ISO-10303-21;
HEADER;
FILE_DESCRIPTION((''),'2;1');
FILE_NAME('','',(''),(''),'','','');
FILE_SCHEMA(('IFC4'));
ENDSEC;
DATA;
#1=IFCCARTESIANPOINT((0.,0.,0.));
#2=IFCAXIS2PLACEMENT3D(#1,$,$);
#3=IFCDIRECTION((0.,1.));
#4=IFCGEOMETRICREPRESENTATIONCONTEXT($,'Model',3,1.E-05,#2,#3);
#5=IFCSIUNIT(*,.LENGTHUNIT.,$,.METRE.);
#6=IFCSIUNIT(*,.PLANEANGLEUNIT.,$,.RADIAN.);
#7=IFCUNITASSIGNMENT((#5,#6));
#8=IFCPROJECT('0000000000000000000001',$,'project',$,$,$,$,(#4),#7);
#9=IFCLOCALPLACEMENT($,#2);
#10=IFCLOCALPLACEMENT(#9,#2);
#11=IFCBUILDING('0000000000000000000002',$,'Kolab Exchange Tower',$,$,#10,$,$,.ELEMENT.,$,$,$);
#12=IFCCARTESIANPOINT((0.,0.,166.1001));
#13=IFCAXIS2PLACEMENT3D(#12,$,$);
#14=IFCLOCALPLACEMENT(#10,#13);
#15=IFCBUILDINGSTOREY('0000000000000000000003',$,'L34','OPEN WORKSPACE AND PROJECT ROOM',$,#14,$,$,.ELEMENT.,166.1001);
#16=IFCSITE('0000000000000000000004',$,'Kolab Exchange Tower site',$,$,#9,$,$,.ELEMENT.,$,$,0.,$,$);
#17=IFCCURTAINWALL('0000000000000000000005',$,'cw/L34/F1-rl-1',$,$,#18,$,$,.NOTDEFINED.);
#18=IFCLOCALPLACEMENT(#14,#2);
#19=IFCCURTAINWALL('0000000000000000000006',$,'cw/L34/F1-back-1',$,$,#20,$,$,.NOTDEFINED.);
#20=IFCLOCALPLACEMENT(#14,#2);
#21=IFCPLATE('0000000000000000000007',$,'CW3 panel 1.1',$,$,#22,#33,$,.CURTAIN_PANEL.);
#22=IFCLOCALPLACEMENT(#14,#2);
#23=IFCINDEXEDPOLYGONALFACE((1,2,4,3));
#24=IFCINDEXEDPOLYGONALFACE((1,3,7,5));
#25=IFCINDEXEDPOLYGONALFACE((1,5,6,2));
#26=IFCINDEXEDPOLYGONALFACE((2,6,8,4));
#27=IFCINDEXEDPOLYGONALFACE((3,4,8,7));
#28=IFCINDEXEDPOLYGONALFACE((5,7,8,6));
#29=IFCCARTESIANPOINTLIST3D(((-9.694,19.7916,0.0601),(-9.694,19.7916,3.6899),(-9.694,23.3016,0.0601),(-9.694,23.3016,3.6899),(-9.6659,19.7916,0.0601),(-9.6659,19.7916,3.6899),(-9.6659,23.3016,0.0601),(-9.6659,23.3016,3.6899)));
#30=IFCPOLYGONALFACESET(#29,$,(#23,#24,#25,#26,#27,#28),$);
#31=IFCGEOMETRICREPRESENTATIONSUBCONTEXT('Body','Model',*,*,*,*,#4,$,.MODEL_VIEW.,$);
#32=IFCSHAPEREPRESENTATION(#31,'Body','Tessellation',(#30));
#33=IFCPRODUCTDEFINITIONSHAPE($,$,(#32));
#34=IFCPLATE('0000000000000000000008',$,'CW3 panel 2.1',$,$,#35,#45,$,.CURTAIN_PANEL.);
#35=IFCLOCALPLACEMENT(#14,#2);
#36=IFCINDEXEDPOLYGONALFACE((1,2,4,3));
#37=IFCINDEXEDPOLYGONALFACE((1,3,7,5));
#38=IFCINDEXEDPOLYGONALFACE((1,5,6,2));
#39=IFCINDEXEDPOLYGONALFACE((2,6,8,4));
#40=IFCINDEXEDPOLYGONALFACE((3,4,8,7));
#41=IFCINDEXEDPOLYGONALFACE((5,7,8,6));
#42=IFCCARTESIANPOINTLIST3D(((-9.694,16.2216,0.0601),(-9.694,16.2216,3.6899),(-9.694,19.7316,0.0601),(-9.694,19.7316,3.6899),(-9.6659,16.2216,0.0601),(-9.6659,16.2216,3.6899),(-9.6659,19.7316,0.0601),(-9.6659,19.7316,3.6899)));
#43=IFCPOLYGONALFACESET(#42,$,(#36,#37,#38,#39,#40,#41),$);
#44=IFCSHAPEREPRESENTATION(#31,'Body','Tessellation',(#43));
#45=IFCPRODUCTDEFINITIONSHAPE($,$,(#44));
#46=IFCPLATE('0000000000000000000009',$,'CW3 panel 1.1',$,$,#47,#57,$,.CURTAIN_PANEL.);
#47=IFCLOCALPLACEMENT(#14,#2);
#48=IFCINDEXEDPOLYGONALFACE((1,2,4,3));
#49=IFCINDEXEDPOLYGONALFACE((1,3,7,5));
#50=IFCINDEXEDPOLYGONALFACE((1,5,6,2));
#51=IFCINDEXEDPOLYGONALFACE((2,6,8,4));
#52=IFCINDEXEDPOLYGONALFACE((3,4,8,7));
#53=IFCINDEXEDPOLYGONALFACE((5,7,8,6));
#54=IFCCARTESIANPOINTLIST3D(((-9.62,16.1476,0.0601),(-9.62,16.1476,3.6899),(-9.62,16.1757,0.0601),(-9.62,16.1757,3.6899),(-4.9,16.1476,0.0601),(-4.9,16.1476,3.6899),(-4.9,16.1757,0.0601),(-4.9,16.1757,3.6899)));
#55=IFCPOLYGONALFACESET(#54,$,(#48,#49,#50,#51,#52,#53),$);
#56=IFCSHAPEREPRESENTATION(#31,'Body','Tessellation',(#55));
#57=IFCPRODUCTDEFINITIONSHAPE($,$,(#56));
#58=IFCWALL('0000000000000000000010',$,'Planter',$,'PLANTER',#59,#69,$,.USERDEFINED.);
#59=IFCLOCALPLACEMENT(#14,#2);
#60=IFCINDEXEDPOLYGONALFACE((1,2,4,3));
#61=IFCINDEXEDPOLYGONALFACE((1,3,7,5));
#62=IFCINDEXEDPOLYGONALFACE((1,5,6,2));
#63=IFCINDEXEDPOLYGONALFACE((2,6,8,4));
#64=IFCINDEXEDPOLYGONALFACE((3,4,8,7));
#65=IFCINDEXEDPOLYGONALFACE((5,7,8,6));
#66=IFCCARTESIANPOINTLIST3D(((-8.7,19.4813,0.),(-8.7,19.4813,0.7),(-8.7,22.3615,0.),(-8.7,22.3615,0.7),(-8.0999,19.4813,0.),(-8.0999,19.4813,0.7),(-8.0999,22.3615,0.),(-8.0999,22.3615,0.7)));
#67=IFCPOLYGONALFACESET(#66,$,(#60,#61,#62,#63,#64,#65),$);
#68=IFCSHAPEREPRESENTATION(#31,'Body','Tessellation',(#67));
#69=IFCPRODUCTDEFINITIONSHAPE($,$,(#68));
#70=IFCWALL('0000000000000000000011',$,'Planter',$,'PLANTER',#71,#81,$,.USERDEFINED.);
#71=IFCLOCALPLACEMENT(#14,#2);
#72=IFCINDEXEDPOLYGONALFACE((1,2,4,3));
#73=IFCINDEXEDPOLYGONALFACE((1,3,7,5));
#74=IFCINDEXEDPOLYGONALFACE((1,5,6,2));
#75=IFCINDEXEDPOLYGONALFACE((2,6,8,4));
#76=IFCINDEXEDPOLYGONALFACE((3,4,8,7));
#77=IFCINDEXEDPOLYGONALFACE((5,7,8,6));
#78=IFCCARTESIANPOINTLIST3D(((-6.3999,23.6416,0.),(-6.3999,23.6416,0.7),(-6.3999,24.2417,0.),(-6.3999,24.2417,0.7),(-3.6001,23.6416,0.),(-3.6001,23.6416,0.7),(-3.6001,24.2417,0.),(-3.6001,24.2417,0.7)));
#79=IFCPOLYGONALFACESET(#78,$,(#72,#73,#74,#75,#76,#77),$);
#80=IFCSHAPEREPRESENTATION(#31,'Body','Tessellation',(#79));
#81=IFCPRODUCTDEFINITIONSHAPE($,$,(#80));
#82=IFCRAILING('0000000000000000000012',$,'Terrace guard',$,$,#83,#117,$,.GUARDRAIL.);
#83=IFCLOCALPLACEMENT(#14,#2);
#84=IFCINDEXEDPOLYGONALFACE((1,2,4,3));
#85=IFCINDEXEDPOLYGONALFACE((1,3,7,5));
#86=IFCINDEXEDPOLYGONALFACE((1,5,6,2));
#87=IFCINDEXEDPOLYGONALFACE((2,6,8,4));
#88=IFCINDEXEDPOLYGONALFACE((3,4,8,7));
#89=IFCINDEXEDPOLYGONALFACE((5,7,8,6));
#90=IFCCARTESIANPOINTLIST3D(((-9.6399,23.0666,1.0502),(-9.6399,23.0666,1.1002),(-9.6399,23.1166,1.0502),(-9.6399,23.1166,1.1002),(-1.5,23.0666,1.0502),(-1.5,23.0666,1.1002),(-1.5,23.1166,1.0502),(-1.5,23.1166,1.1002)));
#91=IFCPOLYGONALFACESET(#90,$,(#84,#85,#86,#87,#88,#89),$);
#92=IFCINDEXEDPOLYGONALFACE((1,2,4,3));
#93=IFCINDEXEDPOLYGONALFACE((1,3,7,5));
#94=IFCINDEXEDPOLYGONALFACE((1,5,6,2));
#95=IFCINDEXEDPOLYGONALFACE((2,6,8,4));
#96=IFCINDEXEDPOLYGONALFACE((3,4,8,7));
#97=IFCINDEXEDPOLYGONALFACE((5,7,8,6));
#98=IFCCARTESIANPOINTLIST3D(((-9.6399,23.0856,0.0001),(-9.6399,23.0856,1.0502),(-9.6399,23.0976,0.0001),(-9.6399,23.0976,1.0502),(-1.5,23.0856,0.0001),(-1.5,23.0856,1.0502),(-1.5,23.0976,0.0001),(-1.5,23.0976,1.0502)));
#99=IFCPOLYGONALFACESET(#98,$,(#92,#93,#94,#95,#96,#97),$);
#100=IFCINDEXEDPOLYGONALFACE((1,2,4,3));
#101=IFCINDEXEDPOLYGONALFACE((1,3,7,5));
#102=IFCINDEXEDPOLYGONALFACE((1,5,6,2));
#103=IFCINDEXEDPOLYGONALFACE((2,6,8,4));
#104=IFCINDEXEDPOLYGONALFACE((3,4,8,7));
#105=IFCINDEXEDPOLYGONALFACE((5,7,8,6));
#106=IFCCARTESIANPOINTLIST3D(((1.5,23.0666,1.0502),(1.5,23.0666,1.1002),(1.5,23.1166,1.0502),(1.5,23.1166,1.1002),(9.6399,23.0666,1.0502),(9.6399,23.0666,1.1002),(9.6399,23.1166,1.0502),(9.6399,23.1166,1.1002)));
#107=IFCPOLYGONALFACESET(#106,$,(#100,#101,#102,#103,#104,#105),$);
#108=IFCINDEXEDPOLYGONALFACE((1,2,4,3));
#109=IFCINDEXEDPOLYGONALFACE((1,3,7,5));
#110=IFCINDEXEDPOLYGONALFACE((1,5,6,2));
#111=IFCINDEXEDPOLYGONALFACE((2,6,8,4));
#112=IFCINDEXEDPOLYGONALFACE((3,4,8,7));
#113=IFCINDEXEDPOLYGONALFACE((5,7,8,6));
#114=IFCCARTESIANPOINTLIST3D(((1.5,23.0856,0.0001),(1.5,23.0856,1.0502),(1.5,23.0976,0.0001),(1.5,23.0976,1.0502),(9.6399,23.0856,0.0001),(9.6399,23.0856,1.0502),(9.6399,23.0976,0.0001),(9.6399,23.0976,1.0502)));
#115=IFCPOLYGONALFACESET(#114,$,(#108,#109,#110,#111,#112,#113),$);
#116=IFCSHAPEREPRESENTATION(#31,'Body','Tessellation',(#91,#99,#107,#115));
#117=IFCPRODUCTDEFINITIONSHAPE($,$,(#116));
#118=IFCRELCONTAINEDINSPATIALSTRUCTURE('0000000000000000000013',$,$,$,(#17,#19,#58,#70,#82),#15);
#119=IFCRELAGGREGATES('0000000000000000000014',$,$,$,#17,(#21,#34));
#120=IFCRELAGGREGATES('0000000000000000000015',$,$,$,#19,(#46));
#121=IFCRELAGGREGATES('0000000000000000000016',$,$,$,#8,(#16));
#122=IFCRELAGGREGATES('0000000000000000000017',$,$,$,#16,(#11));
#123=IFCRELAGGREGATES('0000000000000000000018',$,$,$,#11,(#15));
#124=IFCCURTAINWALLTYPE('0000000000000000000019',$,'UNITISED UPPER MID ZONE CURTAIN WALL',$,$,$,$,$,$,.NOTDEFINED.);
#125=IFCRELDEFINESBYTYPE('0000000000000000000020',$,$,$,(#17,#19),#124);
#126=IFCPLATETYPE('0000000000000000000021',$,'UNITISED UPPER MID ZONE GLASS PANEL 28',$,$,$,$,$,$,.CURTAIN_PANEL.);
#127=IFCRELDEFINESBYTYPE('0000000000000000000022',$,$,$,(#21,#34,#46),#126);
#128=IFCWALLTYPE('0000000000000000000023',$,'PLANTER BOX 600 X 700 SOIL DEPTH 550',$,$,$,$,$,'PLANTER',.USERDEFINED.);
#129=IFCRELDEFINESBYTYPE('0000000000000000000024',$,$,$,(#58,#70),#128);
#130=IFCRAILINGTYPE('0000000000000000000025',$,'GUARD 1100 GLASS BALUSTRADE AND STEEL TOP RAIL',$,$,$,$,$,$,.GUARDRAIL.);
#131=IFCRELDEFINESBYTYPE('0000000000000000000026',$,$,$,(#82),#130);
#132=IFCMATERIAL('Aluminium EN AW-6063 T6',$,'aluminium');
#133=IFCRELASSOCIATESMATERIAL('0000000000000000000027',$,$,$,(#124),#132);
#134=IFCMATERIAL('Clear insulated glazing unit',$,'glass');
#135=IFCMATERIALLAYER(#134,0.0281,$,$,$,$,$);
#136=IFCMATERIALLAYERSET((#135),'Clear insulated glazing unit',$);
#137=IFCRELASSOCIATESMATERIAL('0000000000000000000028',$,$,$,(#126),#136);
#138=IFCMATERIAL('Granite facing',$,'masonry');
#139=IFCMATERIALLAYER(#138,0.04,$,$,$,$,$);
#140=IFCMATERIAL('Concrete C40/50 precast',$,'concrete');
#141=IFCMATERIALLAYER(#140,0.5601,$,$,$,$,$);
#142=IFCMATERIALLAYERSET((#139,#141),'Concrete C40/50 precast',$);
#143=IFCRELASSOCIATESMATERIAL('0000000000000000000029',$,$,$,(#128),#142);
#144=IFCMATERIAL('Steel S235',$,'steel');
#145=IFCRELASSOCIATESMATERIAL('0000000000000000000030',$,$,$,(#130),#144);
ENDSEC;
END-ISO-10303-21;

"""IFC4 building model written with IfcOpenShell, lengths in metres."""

from ifc_helpers import new_model, si_unit, direction, frame, frame_2d, origin, origin_2d, place, context, subcontext, project, spatial, rectangle, extrude, material, layer, layer_set, type_object, element, aggregate, save


model = new_model("IFC4")

# Units and contexts
model_context = context("Model", 3, precision=1e-05, world=origin(), true_north=direction((0.0, 1.0)))
body_context = subcontext(model_context, "Body", "Model", "MODEL_VIEW")
ifc_project = project(units=[si_unit("LENGTHUNIT", "METRE"), si_unit("PLANEANGLEUNIT", "RADIAN")], contexts=[model_context])

# Site, building, storey
site_placement = place(None, origin())
site = spatial("IfcSite", under=ifc_project, at=site_placement, Name="Kolab Exchange Tower site", CompositionType="ELEMENT", RefElevation=0.0)
building_placement = place(site_placement, origin())
building = spatial("IfcBuilding", under=site, at=building_placement, Name="Kolab Exchange Tower", CompositionType="ELEMENT")
storey_placement = place(building_placement, frame((0.0, 0.0, 166.1001)))
storey = spatial("IfcBuildingStorey", under=building, at=storey_placement, Name="L34", Description="OPEN WORKSPACE AND PROJECT ROOM", CompositionType="ELEMENT", Elevation=166.1001)

# Shared definitions
ifc_material_1 = material(Name="Aluminium EN AW-6063 T6", Category="aluminium")
curtain_wall_type = type_object("IfcCurtainWallType", Name="UNITISED UPPER MID ZONE CURTAIN WALL", PredefinedType="NOTDEFINED", material=ifc_material_1)

# Curtain wall
curtain_wall_1_placement = place(storey_placement, origin())
curtain_wall_1 = element("IfcCurtainWall", 1, at=curtain_wall_1_placement, inside=storey, type_object=curtain_wall_type, Name="cw/L34/F1-rl-1", PredefinedType="NOTDEFINED")

# Curtain wall
curtain_wall_2_placement = place(storey_placement, origin())
curtain_wall_2 = element("IfcCurtainWall", 2, at=curtain_wall_2_placement, inside=storey, type_object=curtain_wall_type, Name="cw/L34/F1-back-1", PredefinedType="NOTDEFINED")

# Plates
ifc_material_2 = material(Name="Clear insulated glazing unit", Category="glass")
ifc_layer_1 = layer(ifc_material_2, 0.0281)
ifc_layer_set_1 = layer_set([ifc_layer_1], Name="Clear insulated glazing unit")
plate_type = type_object("IfcPlateType", Name="UNITISED UPPER MID ZONE GLASS PANEL 28", PredefinedType="CURTAIN_PANEL", material=ifc_layer_set_1)
plate_1_placement = place(storey_placement, frame((-9.6799, 21.5466, 0.0601), z_axis=(0.0, 0.0, 1.0), x_axis=(0.0, -1.0, 0.0)))
plate_1 = element("IfcPlate", 3, at=plate_1_placement, type_object=plate_type, Name="CW3 panel 1.1", PredefinedType="CURTAIN_PANEL", context=body_context, shape_type="SweptSolid", body=[
    extrude(rectangle(XDim=3.51, YDim=0.0281, at=origin_2d()), origin(), (0.0, 0.0, 1.0), 3.6299),
])
plate_2_placement = place(storey_placement, frame((-9.6799, 17.9766, 0.0601), z_axis=(0.0, 0.0, 1.0), x_axis=(0.0, -1.0, 0.0)))
plate_2 = element("IfcPlate", 4, at=plate_2_placement, type_object=plate_type, Name="CW3 panel 2.1", PredefinedType="CURTAIN_PANEL", context=body_context, shape_type="SweptSolid", body=[
    extrude(rectangle(XDim=3.51, YDim=0.0281, at=origin_2d()), origin(), (0.0, 0.0, 1.0), 3.6299),
])
aggregate(curtain_wall_1, [plate_1, plate_2])
plate_3_placement = place(storey_placement, frame((-7.26, 16.1616, 0.0601), z_axis=(0.0, 0.0, 1.0), x_axis=(1.0, 0.0, 0.0)))
plate_3 = element("IfcPlate", 5, at=plate_3_placement, type_object=plate_type, Name="CW3 panel 1.1", PredefinedType="CURTAIN_PANEL", context=body_context, shape_type="SweptSolid", body=[
    extrude(rectangle(XDim=4.72, YDim=0.0281, at=origin_2d()), origin(), (0.0, 0.0, 1.0), 3.6299),
])
aggregate(curtain_wall_2, [plate_3])

# Walls
ifc_material_3 = material(Name="Granite facing", Category="masonry")
ifc_layer_2 = layer(ifc_material_3, 0.04)
ifc_material_4 = material(Name="Concrete C40/50 precast", Category="concrete")
ifc_layer_3 = layer(ifc_material_4, 0.5601)
ifc_layer_set_2 = layer_set([ifc_layer_2, ifc_layer_3], Name="Concrete C40/50 precast")
wall_type_1 = type_object("IfcWallType", Name="PLANTER BOX 600 X 700 SOIL DEPTH 550", ElementType="PLANTER", PredefinedType="USERDEFINED", material=ifc_layer_set_2)
wall_1_placement = place(storey_placement, frame((-8.3999, 19.4814, 0.0), z_axis=(0.0, 0.0, 1.0), x_axis=(0.0, 1.0, 0.0)))
element("IfcWall", 6, at=wall_1_placement, inside=storey, type_object=wall_type_1, Name="Planter", ObjectType="PLANTER", PredefinedType="USERDEFINED", context=body_context, shape_type="SweptSolid", body=[
    extrude(rectangle(XDim=2.8801, YDim=0.6001, at=frame_2d((1.4399, 0.0))), origin(), (0.0, 0.0, 1.0), 0.7),
])
wall_2_placement = place(storey_placement, frame((-3.6001, 23.9417, 0.0), z_axis=(0.0, 0.0, 1.0), x_axis=(-1.0, 0.0, 0.0)))
element("IfcWall", 7, at=wall_2_placement, inside=storey, type_object=wall_type_1, Name="Planter", ObjectType="PLANTER", PredefinedType="USERDEFINED", context=body_context, shape_type="SweptSolid", body=[
    extrude(rectangle(XDim=2.7998, YDim=0.6001, at=frame_2d((1.3999, 0.0))), origin(), (0.0, 0.0, 1.0), 0.7),
])

# Railing
ifc_material_5 = material(Name="Steel S235", Category="steel")
railing_type = type_object("IfcRailingType", Name="GUARD 1100 GLASS BALUSTRADE AND STEEL TOP RAIL", PredefinedType="GUARDRAIL", material=ifc_material_5)
railing_placement = place(storey_placement, frame((-9.6399, 23.0916, 0.0)))
element("IfcRailing", 8, at=railing_placement, inside=storey, type_object=railing_type, Name="Terrace guard", PredefinedType="GUARDRAIL", context=body_context, shape_type="SweptSolid", body=[
    extrude(rectangle(XDim=0.05, YDim=0.05, at=origin_2d()), frame((0.0, 0.0, 1.0752), z_axis=(1.0, 0.0, 0.0), x_axis=(0.0, 1.0, 0.0)), (0.0, 0.0, 1.0), 8.1399),
    extrude(rectangle(XDim=0.012, YDim=1.0501, at=frame_2d((0.0, 0.5251))), frame((0.0, 0.0, 0.0), z_axis=(1.0, 0.0, 0.0), x_axis=(0.0, 1.0, 0.0)), (0.0, 0.0, 1.0), 8.1399),
    extrude(rectangle(XDim=0.05, YDim=0.05, at=origin_2d()), frame((19.2798, 0.0, 1.0752), z_axis=(-1.0, 0.0, 0.0), x_axis=(0.0, -1.0, 0.0)), (0.0, 0.0, 1.0), 8.1399),
    extrude(rectangle(XDim=0.012, YDim=1.0501, at=frame_2d((0.0, 0.5251))), frame((19.2798, 0.0, 0.0), z_axis=(-1.0, 0.0, 0.0), x_axis=(0.0, -1.0, 0.0)), (0.0, 0.0, 1.0), 8.1399),
])

save(model, "model.ifc")
